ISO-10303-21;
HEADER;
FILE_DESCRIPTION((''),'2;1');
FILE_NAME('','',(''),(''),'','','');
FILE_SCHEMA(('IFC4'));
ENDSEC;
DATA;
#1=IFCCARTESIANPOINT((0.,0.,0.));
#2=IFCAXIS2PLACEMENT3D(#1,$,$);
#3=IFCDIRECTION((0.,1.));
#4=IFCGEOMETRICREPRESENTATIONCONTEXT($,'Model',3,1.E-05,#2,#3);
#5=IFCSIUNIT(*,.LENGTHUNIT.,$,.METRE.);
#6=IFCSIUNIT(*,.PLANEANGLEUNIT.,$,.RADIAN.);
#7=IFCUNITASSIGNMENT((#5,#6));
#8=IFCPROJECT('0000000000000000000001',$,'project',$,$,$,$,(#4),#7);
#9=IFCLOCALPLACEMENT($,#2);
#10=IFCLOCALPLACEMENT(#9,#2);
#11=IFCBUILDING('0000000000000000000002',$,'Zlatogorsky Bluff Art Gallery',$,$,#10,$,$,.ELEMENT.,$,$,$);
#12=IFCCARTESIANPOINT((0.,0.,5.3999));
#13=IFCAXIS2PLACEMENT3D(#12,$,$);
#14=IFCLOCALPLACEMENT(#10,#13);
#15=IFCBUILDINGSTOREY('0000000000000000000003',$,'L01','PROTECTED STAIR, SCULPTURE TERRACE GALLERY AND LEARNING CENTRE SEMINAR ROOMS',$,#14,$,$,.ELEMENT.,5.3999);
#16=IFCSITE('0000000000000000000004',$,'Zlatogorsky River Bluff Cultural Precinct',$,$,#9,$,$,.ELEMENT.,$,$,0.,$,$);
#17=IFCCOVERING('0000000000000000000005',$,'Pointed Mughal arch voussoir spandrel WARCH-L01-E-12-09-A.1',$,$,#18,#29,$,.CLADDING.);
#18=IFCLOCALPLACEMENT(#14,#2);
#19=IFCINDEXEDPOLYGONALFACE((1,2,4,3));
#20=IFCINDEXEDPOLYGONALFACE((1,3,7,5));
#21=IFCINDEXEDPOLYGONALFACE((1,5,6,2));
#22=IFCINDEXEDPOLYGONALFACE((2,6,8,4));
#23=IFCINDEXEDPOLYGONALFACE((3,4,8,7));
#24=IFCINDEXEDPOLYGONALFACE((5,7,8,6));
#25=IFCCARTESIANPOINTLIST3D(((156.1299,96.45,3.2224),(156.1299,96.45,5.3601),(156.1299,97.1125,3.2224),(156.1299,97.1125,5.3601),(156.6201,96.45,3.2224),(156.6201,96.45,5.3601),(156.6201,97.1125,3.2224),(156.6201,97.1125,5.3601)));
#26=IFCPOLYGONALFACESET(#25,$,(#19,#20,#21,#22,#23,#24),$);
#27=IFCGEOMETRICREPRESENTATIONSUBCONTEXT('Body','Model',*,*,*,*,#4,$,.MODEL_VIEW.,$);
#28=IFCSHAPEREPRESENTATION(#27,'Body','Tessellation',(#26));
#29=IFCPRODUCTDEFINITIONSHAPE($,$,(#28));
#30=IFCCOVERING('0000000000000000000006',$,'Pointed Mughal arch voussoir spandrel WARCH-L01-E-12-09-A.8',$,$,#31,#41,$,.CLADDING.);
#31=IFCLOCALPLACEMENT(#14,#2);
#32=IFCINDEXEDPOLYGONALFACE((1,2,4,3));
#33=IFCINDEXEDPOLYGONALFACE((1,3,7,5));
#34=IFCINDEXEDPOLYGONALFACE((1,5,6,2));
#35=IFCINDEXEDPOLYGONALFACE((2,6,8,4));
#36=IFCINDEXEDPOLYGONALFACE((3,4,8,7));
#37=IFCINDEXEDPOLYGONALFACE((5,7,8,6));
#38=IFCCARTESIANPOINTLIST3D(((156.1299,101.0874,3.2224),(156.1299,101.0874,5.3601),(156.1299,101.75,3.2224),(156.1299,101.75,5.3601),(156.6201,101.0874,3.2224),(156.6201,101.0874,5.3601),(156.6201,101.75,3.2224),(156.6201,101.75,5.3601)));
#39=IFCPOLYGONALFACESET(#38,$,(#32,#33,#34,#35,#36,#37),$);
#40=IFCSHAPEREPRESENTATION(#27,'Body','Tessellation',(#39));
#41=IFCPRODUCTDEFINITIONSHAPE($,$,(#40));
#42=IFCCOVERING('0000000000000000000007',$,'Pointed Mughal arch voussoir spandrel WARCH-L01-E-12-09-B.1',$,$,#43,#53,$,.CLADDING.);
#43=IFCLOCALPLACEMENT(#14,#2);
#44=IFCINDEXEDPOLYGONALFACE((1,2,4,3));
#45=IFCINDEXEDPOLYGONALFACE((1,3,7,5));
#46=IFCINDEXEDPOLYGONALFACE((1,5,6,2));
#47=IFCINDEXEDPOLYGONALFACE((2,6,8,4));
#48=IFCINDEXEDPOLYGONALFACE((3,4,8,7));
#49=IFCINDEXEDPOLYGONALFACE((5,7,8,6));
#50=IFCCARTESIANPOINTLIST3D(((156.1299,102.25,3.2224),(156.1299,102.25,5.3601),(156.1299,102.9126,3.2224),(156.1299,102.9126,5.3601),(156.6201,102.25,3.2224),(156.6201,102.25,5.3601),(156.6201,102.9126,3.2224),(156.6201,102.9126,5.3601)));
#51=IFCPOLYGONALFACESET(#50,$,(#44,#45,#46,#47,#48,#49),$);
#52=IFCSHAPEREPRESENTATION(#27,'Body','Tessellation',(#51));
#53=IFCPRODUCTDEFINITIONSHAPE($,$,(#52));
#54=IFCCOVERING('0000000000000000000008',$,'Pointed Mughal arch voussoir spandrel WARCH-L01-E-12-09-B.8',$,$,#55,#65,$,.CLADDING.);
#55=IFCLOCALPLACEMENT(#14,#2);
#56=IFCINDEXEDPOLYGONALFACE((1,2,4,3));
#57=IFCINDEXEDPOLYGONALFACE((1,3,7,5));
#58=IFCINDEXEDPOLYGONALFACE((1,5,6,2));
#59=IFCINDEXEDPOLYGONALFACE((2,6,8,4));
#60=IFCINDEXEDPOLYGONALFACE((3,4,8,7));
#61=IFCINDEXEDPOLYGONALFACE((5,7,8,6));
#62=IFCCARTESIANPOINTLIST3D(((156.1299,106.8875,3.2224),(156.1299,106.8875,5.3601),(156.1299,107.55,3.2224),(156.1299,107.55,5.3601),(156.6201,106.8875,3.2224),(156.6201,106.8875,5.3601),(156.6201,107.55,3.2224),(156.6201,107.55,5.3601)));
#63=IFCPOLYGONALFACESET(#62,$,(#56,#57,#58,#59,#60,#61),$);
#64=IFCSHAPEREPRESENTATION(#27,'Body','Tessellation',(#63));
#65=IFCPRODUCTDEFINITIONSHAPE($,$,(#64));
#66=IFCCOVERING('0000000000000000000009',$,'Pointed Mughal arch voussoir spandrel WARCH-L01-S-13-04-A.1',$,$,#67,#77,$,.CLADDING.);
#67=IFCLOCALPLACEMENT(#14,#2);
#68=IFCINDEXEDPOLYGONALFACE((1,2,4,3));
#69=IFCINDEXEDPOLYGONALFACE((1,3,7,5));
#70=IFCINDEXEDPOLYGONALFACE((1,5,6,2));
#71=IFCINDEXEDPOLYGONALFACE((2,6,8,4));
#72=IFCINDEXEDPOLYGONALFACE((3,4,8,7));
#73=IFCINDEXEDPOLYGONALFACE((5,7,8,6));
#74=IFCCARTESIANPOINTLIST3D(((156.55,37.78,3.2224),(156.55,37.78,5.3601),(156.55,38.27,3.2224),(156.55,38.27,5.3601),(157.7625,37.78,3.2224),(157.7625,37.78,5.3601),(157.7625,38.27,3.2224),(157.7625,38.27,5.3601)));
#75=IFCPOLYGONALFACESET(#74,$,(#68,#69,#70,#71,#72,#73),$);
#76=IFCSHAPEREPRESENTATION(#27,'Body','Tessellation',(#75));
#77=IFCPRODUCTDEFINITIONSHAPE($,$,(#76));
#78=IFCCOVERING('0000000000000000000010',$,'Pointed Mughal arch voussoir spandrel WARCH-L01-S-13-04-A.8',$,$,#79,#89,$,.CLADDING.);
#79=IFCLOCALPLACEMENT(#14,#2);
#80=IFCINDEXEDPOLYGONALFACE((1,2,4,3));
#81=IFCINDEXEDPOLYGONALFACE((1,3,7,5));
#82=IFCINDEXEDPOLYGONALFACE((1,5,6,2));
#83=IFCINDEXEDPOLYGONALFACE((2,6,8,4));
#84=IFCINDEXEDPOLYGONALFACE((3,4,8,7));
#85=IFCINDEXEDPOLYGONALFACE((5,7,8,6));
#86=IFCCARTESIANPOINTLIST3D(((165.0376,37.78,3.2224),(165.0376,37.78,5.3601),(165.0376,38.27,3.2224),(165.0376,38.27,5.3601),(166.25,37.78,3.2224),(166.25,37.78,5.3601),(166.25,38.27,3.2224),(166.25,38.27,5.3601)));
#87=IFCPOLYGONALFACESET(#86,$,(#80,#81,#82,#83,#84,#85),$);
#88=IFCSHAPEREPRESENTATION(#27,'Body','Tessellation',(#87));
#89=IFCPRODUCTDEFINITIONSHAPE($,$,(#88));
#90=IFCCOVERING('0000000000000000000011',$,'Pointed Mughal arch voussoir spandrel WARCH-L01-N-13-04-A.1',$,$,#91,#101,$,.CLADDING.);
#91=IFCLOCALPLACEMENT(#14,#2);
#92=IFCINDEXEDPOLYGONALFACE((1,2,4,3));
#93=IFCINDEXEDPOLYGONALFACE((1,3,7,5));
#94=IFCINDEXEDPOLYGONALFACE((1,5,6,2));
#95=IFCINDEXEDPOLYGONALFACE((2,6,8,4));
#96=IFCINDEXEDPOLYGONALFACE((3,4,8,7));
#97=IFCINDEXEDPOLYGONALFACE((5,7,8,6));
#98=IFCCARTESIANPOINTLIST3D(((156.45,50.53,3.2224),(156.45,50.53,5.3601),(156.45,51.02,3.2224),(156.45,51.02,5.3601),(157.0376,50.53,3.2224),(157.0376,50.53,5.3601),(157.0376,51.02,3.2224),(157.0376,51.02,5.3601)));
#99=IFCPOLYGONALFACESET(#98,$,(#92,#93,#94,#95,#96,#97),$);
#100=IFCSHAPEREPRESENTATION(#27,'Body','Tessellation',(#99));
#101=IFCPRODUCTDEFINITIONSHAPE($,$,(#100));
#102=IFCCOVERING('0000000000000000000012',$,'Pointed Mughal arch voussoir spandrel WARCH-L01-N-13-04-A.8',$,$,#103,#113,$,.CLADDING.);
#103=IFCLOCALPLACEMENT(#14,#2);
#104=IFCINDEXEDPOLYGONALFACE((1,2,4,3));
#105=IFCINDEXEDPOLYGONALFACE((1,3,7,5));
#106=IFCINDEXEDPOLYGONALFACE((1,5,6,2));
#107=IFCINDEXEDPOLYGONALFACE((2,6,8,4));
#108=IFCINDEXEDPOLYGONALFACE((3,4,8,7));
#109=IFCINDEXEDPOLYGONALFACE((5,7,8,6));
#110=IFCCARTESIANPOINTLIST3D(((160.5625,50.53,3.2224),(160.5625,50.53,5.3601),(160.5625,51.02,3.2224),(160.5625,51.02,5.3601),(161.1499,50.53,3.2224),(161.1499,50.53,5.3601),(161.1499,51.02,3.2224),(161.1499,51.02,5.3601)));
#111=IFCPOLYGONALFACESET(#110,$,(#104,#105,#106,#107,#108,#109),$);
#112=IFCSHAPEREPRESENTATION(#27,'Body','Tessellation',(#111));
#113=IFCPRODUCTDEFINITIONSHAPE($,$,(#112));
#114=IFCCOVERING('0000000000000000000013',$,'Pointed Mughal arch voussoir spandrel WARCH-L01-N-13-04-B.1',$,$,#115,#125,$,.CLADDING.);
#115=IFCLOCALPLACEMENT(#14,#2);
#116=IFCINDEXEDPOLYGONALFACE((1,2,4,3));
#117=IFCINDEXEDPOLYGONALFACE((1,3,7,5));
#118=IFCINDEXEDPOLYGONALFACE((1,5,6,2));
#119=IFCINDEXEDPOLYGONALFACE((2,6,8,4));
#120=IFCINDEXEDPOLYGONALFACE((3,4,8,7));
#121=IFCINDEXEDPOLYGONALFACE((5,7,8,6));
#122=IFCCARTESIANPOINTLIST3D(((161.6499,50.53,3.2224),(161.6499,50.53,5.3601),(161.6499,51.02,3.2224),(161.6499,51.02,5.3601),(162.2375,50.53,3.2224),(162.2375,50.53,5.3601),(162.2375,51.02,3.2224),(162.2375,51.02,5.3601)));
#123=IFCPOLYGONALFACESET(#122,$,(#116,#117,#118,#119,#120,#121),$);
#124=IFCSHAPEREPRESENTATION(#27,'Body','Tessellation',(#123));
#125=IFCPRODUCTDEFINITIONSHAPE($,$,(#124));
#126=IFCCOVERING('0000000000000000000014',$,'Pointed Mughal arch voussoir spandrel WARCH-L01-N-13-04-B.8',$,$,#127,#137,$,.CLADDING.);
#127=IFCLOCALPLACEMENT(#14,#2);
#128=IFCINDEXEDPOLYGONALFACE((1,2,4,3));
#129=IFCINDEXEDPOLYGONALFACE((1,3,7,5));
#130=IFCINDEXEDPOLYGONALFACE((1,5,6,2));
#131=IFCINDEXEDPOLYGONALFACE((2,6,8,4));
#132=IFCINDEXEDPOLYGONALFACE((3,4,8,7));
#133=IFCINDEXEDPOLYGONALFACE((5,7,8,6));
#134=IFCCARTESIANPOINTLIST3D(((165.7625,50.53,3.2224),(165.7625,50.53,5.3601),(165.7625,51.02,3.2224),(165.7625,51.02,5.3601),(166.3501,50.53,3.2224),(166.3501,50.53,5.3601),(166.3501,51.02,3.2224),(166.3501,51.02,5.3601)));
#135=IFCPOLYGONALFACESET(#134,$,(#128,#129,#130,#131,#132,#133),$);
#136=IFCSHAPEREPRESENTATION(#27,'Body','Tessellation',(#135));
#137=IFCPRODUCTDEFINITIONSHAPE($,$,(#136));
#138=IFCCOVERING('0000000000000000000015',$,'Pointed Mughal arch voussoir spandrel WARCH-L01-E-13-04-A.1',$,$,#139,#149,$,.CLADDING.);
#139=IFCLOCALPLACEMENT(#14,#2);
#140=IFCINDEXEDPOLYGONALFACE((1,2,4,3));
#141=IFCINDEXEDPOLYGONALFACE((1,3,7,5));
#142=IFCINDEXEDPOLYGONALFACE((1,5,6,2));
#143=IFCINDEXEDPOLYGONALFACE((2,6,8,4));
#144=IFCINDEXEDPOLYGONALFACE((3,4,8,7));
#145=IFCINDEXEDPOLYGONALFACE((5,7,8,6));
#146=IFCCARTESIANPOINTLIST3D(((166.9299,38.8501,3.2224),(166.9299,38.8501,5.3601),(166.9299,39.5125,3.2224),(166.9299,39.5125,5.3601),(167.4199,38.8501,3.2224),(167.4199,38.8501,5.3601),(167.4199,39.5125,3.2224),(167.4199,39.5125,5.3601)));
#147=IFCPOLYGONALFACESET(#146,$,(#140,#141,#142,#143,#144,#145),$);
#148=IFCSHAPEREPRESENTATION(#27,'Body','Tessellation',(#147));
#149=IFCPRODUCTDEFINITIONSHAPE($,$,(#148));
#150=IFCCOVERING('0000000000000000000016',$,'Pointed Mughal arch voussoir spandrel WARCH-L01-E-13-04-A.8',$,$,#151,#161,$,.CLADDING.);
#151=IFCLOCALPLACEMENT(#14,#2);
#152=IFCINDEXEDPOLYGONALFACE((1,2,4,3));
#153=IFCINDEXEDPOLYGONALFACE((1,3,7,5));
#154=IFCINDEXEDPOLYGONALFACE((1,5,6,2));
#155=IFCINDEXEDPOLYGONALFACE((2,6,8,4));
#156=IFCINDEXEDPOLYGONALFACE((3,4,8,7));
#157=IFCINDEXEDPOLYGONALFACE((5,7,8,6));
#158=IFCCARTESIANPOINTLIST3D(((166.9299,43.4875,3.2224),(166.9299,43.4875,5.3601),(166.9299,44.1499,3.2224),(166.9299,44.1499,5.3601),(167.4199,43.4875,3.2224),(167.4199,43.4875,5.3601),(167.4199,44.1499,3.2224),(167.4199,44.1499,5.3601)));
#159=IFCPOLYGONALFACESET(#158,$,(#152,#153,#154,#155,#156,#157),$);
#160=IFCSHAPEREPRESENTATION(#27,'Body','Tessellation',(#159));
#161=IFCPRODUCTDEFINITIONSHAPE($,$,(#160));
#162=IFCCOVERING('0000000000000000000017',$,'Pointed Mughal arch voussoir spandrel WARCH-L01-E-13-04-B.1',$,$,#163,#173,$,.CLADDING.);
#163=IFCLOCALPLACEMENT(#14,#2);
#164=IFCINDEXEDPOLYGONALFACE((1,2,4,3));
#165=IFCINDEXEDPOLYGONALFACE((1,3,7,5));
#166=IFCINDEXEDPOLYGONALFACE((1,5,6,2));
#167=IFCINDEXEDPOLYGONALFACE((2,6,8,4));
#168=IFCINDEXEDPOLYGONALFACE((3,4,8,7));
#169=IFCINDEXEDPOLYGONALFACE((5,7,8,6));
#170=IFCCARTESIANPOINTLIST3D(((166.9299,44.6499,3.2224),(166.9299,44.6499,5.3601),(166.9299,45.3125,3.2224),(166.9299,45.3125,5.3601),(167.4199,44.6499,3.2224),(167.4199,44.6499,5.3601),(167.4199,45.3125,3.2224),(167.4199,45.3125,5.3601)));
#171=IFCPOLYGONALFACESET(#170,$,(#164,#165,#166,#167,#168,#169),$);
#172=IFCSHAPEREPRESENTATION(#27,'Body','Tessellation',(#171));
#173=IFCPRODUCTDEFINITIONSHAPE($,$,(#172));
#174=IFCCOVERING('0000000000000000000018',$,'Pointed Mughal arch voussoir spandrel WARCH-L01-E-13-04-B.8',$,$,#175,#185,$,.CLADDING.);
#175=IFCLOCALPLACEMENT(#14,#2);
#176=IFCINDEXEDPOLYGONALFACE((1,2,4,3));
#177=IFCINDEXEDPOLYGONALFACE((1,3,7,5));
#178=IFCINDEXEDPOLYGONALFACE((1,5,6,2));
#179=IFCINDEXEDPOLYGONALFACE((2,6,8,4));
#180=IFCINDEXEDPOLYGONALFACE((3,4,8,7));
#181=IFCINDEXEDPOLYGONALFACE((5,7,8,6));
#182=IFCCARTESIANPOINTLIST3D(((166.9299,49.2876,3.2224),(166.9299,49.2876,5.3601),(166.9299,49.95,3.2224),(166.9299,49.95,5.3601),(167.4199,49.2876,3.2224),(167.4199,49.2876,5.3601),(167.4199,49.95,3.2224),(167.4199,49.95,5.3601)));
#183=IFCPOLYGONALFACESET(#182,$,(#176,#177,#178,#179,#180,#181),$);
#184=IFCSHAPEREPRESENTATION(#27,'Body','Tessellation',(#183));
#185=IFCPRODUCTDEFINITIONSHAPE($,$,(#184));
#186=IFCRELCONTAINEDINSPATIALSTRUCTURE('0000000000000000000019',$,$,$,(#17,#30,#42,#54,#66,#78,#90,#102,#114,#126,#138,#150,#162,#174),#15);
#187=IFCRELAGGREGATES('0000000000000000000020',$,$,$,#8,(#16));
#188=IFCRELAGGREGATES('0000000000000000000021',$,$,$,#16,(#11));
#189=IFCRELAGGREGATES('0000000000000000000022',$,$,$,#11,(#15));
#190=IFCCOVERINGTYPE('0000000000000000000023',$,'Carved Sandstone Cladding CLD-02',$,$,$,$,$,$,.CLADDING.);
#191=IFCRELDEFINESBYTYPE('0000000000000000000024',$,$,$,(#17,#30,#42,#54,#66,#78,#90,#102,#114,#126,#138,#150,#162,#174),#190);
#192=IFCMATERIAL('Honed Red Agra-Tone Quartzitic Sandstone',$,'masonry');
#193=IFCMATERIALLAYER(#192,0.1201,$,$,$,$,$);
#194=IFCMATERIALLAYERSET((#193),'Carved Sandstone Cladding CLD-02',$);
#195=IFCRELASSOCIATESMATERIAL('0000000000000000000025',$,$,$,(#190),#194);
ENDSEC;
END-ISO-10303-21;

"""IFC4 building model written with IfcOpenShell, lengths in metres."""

from ifc_helpers import new_model, si_unit, direction, frame, origin, place, context, subcontext, project, spatial, polyline, outline, extrude, material, layer, layer_set, type_object, element, save


model = new_model("IFC4")

# Units and contexts
model_context = context("Model", 3, precision=1e-05, world=origin(), true_north=direction((0.0, 1.0)))
body_context = subcontext(model_context, "Body", "Model", "MODEL_VIEW")
ifc_project = project(units=[si_unit("LENGTHUNIT", "METRE"), si_unit("PLANEANGLEUNIT", "RADIAN")], contexts=[model_context])

# Site, building, storey
site_placement = place(None, origin())
site = spatial("IfcSite", under=ifc_project, at=site_placement, Name="Zlatogorsky River Bluff Cultural Precinct", CompositionType="ELEMENT", RefElevation=0.0)
building_placement = place(site_placement, origin())
building = spatial("IfcBuilding", under=site, at=building_placement, Name="Zlatogorsky Bluff Art Gallery", CompositionType="ELEMENT")
storey_placement = place(building_placement, frame((0.0, 0.0, 5.3999)))
storey = spatial("IfcBuildingStorey", under=building, at=storey_placement, Name="L01", Description="PROTECTED STAIR, SCULPTURE TERRACE GALLERY AND LEARNING CENTRE SEMINAR ROOMS", CompositionType="ELEMENT", Elevation=5.3999)

# Coverings
ifc_material = material(Name="Honed Red Agra-Tone Quartzitic Sandstone", Category="masonry")
ifc_layer = layer(ifc_material, 0.1201)
ifc_layer_set = layer_set([ifc_layer], Name="Carved Sandstone Cladding CLD-02")
covering_type = type_object("IfcCoveringType", Name="Carved Sandstone Cladding CLD-02", PredefinedType="CLADDING", material=ifc_layer_set)
covering_1_placement = place(storey_placement, frame((0.0, 0.0, 3.2224)))
element("IfcCovering", 1, at=covering_1_placement, inside=storey, type_object=covering_type, Name="Pointed Mughal arch voussoir spandrel WARCH-L01-E-12-09-A.1", PredefinedType="CLADDING", context=body_context, shape_type="SweptSolid", body=[
    extrude(outline(polyline([(156.1299, 96.45), (156.1299, 97.1125), (156.6201, 97.1125), (156.6201, 96.45), (156.1299, 96.45)])), origin(), (0.0, 0.0, 1.0), 2.1377),
])
covering_2_placement = place(storey_placement, frame((0.0, 0.0, 3.2224)))
element("IfcCovering", 2, at=covering_2_placement, inside=storey, type_object=covering_type, Name="Pointed Mughal arch voussoir spandrel WARCH-L01-E-12-09-A.8", PredefinedType="CLADDING", context=body_context, shape_type="SweptSolid", body=[
    extrude(outline(polyline([(156.1299, 101.0874), (156.1299, 101.75), (156.6201, 101.75), (156.6201, 101.0874), (156.1299, 101.0874)])), origin(), (0.0, 0.0, 1.0), 2.1377),
])
covering_3_placement = place(storey_placement, frame((0.0, 0.0, 3.2224)))
element("IfcCovering", 3, at=covering_3_placement, inside=storey, type_object=covering_type, Name="Pointed Mughal arch voussoir spandrel WARCH-L01-E-12-09-B.1", PredefinedType="CLADDING", context=body_context, shape_type="SweptSolid", body=[
    extrude(outline(polyline([(156.1299, 102.25), (156.1299, 102.9126), (156.6201, 102.9126), (156.6201, 102.25), (156.1299, 102.25)])), origin(), (0.0, 0.0, 1.0), 2.1377),
])
covering_4_placement = place(storey_placement, frame((0.0, 0.0, 3.2224)))
element("IfcCovering", 4, at=covering_4_placement, inside=storey, type_object=covering_type, Name="Pointed Mughal arch voussoir spandrel WARCH-L01-E-12-09-B.8", PredefinedType="CLADDING", context=body_context, shape_type="SweptSolid", body=[
    extrude(outline(polyline([(156.1299, 106.8875), (156.1299, 107.55), (156.6201, 107.55), (156.6201, 106.8875), (156.1299, 106.8875)])), origin(), (0.0, 0.0, 1.0), 2.1377),
])
covering_5_placement = place(storey_placement, frame((0.0, 0.0, 3.2224)))
element("IfcCovering", 5, at=covering_5_placement, inside=storey, type_object=covering_type, Name="Pointed Mughal arch voussoir spandrel WARCH-L01-S-13-04-A.1", PredefinedType="CLADDING", context=body_context, shape_type="SweptSolid", body=[
    extrude(outline(polyline([(156.55, 37.78), (157.7625, 37.78), (157.7625, 38.27), (156.55, 38.27), (156.55, 37.78)])), origin(), (0.0, 0.0, 1.0), 2.1377),
])
covering_6_placement = place(storey_placement, frame((0.0, 0.0, 3.2224)))
element("IfcCovering", 6, at=covering_6_placement, inside=storey, type_object=covering_type, Name="Pointed Mughal arch voussoir spandrel WARCH-L01-S-13-04-A.8", PredefinedType="CLADDING", context=body_context, shape_type="SweptSolid", body=[
    extrude(outline(polyline([(165.0376, 37.78), (166.25, 37.78), (166.25, 38.27), (165.0376, 38.27), (165.0376, 37.78)])), origin(), (0.0, 0.0, 1.0), 2.1377),
])
covering_7_placement = place(storey_placement, frame((0.0, 0.0, 3.2224)))
element("IfcCovering", 7, at=covering_7_placement, inside=storey, type_object=covering_type, Name="Pointed Mughal arch voussoir spandrel WARCH-L01-N-13-04-A.1", PredefinedType="CLADDING", context=body_context, shape_type="SweptSolid", body=[
    extrude(outline(polyline([(156.45, 50.53), (157.0376, 50.53), (157.0376, 51.02), (156.45, 51.02), (156.45, 50.53)])), origin(), (0.0, 0.0, 1.0), 2.1377),
])
covering_8_placement = place(storey_placement, frame((0.0, 0.0, 3.2224)))
element("IfcCovering", 8, at=covering_8_placement, inside=storey, type_object=covering_type, Name="Pointed Mughal arch voussoir spandrel WARCH-L01-N-13-04-A.8", PredefinedType="CLADDING", context=body_context, shape_type="SweptSolid", body=[
    extrude(outline(polyline([(160.5625, 50.53), (161.1499, 50.53), (161.1499, 51.02), (160.5625, 51.02), (160.5625, 50.53)])), origin(), (0.0, 0.0, 1.0), 2.1377),
])
covering_9_placement = place(storey_placement, frame((0.0, 0.0, 3.2224)))
element("IfcCovering", 9, at=covering_9_placement, inside=storey, type_object=covering_type, Name="Pointed Mughal arch voussoir spandrel WARCH-L01-N-13-04-B.1", PredefinedType="CLADDING", context=body_context, shape_type="SweptSolid", body=[
    extrude(outline(polyline([(161.6499, 50.53), (162.2375, 50.53), (162.2375, 51.02), (161.6499, 51.02), (161.6499, 50.53)])), origin(), (0.0, 0.0, 1.0), 2.1377),
])
covering_10_placement = place(storey_placement, frame((0.0, 0.0, 3.2224)))
element("IfcCovering", 10, at=covering_10_placement, inside=storey, type_object=covering_type, Name="Pointed Mughal arch voussoir spandrel WARCH-L01-N-13-04-B.8", PredefinedType="CLADDING", context=body_context, shape_type="SweptSolid", body=[
    extrude(outline(polyline([(165.7625, 50.53), (166.3501, 50.53), (166.3501, 51.02), (165.7625, 51.02), (165.7625, 50.53)])), origin(), (0.0, 0.0, 1.0), 2.1377),
])
covering_11_placement = place(storey_placement, frame((0.0, 0.0, 3.2224)))
element("IfcCovering", 11, at=covering_11_placement, inside=storey, type_object=covering_type, Name="Pointed Mughal arch voussoir spandrel WARCH-L01-E-13-04-A.1", PredefinedType="CLADDING", context=body_context, shape_type="SweptSolid", body=[
    extrude(outline(polyline([(166.9299, 38.8501), (166.9299, 39.5125), (167.4199, 39.5125), (167.4199, 38.8501), (166.9299, 38.8501)])), origin(), (0.0, 0.0, 1.0), 2.1377),
])
covering_12_placement = place(storey_placement, frame((0.0, 0.0, 3.2224)))
element("IfcCovering", 12, at=covering_12_placement, inside=storey, type_object=covering_type, Name="Pointed Mughal arch voussoir spandrel WARCH-L01-E-13-04-A.8", PredefinedType="CLADDING", context=body_context, shape_type="SweptSolid", body=[
    extrude(outline(polyline([(166.9299, 43.4875), (166.9299, 44.1499), (167.4199, 44.1499), (167.4199, 43.4875), (166.9299, 43.4875)])), origin(), (0.0, 0.0, 1.0), 2.1377),
])
covering_13_placement = place(storey_placement, frame((0.0, 0.0, 3.2224)))
element("IfcCovering", 13, at=covering_13_placement, inside=storey, type_object=covering_type, Name="Pointed Mughal arch voussoir spandrel WARCH-L01-E-13-04-B.1", PredefinedType="CLADDING", context=body_context, shape_type="SweptSolid", body=[
    extrude(outline(polyline([(166.9299, 44.6499), (166.9299, 45.3125), (167.4199, 45.3125), (167.4199, 44.6499), (166.9299, 44.6499)])), origin(), (0.0, 0.0, 1.0), 2.1377),
])
covering_14_placement = place(storey_placement, frame((0.0, 0.0, 3.2224)))
element("IfcCovering", 14, at=covering_14_placement, inside=storey, type_object=covering_type, Name="Pointed Mughal arch voussoir spandrel WARCH-L01-E-13-04-B.8", PredefinedType="CLADDING", context=body_context, shape_type="SweptSolid", body=[
    extrude(outline(polyline([(166.9299, 49.2876), (166.9299, 49.95), (167.4199, 49.95), (167.4199, 49.2876), (166.9299, 49.2876)])), origin(), (0.0, 0.0, 1.0), 2.1377),
])

save(model, "model.ifc")
